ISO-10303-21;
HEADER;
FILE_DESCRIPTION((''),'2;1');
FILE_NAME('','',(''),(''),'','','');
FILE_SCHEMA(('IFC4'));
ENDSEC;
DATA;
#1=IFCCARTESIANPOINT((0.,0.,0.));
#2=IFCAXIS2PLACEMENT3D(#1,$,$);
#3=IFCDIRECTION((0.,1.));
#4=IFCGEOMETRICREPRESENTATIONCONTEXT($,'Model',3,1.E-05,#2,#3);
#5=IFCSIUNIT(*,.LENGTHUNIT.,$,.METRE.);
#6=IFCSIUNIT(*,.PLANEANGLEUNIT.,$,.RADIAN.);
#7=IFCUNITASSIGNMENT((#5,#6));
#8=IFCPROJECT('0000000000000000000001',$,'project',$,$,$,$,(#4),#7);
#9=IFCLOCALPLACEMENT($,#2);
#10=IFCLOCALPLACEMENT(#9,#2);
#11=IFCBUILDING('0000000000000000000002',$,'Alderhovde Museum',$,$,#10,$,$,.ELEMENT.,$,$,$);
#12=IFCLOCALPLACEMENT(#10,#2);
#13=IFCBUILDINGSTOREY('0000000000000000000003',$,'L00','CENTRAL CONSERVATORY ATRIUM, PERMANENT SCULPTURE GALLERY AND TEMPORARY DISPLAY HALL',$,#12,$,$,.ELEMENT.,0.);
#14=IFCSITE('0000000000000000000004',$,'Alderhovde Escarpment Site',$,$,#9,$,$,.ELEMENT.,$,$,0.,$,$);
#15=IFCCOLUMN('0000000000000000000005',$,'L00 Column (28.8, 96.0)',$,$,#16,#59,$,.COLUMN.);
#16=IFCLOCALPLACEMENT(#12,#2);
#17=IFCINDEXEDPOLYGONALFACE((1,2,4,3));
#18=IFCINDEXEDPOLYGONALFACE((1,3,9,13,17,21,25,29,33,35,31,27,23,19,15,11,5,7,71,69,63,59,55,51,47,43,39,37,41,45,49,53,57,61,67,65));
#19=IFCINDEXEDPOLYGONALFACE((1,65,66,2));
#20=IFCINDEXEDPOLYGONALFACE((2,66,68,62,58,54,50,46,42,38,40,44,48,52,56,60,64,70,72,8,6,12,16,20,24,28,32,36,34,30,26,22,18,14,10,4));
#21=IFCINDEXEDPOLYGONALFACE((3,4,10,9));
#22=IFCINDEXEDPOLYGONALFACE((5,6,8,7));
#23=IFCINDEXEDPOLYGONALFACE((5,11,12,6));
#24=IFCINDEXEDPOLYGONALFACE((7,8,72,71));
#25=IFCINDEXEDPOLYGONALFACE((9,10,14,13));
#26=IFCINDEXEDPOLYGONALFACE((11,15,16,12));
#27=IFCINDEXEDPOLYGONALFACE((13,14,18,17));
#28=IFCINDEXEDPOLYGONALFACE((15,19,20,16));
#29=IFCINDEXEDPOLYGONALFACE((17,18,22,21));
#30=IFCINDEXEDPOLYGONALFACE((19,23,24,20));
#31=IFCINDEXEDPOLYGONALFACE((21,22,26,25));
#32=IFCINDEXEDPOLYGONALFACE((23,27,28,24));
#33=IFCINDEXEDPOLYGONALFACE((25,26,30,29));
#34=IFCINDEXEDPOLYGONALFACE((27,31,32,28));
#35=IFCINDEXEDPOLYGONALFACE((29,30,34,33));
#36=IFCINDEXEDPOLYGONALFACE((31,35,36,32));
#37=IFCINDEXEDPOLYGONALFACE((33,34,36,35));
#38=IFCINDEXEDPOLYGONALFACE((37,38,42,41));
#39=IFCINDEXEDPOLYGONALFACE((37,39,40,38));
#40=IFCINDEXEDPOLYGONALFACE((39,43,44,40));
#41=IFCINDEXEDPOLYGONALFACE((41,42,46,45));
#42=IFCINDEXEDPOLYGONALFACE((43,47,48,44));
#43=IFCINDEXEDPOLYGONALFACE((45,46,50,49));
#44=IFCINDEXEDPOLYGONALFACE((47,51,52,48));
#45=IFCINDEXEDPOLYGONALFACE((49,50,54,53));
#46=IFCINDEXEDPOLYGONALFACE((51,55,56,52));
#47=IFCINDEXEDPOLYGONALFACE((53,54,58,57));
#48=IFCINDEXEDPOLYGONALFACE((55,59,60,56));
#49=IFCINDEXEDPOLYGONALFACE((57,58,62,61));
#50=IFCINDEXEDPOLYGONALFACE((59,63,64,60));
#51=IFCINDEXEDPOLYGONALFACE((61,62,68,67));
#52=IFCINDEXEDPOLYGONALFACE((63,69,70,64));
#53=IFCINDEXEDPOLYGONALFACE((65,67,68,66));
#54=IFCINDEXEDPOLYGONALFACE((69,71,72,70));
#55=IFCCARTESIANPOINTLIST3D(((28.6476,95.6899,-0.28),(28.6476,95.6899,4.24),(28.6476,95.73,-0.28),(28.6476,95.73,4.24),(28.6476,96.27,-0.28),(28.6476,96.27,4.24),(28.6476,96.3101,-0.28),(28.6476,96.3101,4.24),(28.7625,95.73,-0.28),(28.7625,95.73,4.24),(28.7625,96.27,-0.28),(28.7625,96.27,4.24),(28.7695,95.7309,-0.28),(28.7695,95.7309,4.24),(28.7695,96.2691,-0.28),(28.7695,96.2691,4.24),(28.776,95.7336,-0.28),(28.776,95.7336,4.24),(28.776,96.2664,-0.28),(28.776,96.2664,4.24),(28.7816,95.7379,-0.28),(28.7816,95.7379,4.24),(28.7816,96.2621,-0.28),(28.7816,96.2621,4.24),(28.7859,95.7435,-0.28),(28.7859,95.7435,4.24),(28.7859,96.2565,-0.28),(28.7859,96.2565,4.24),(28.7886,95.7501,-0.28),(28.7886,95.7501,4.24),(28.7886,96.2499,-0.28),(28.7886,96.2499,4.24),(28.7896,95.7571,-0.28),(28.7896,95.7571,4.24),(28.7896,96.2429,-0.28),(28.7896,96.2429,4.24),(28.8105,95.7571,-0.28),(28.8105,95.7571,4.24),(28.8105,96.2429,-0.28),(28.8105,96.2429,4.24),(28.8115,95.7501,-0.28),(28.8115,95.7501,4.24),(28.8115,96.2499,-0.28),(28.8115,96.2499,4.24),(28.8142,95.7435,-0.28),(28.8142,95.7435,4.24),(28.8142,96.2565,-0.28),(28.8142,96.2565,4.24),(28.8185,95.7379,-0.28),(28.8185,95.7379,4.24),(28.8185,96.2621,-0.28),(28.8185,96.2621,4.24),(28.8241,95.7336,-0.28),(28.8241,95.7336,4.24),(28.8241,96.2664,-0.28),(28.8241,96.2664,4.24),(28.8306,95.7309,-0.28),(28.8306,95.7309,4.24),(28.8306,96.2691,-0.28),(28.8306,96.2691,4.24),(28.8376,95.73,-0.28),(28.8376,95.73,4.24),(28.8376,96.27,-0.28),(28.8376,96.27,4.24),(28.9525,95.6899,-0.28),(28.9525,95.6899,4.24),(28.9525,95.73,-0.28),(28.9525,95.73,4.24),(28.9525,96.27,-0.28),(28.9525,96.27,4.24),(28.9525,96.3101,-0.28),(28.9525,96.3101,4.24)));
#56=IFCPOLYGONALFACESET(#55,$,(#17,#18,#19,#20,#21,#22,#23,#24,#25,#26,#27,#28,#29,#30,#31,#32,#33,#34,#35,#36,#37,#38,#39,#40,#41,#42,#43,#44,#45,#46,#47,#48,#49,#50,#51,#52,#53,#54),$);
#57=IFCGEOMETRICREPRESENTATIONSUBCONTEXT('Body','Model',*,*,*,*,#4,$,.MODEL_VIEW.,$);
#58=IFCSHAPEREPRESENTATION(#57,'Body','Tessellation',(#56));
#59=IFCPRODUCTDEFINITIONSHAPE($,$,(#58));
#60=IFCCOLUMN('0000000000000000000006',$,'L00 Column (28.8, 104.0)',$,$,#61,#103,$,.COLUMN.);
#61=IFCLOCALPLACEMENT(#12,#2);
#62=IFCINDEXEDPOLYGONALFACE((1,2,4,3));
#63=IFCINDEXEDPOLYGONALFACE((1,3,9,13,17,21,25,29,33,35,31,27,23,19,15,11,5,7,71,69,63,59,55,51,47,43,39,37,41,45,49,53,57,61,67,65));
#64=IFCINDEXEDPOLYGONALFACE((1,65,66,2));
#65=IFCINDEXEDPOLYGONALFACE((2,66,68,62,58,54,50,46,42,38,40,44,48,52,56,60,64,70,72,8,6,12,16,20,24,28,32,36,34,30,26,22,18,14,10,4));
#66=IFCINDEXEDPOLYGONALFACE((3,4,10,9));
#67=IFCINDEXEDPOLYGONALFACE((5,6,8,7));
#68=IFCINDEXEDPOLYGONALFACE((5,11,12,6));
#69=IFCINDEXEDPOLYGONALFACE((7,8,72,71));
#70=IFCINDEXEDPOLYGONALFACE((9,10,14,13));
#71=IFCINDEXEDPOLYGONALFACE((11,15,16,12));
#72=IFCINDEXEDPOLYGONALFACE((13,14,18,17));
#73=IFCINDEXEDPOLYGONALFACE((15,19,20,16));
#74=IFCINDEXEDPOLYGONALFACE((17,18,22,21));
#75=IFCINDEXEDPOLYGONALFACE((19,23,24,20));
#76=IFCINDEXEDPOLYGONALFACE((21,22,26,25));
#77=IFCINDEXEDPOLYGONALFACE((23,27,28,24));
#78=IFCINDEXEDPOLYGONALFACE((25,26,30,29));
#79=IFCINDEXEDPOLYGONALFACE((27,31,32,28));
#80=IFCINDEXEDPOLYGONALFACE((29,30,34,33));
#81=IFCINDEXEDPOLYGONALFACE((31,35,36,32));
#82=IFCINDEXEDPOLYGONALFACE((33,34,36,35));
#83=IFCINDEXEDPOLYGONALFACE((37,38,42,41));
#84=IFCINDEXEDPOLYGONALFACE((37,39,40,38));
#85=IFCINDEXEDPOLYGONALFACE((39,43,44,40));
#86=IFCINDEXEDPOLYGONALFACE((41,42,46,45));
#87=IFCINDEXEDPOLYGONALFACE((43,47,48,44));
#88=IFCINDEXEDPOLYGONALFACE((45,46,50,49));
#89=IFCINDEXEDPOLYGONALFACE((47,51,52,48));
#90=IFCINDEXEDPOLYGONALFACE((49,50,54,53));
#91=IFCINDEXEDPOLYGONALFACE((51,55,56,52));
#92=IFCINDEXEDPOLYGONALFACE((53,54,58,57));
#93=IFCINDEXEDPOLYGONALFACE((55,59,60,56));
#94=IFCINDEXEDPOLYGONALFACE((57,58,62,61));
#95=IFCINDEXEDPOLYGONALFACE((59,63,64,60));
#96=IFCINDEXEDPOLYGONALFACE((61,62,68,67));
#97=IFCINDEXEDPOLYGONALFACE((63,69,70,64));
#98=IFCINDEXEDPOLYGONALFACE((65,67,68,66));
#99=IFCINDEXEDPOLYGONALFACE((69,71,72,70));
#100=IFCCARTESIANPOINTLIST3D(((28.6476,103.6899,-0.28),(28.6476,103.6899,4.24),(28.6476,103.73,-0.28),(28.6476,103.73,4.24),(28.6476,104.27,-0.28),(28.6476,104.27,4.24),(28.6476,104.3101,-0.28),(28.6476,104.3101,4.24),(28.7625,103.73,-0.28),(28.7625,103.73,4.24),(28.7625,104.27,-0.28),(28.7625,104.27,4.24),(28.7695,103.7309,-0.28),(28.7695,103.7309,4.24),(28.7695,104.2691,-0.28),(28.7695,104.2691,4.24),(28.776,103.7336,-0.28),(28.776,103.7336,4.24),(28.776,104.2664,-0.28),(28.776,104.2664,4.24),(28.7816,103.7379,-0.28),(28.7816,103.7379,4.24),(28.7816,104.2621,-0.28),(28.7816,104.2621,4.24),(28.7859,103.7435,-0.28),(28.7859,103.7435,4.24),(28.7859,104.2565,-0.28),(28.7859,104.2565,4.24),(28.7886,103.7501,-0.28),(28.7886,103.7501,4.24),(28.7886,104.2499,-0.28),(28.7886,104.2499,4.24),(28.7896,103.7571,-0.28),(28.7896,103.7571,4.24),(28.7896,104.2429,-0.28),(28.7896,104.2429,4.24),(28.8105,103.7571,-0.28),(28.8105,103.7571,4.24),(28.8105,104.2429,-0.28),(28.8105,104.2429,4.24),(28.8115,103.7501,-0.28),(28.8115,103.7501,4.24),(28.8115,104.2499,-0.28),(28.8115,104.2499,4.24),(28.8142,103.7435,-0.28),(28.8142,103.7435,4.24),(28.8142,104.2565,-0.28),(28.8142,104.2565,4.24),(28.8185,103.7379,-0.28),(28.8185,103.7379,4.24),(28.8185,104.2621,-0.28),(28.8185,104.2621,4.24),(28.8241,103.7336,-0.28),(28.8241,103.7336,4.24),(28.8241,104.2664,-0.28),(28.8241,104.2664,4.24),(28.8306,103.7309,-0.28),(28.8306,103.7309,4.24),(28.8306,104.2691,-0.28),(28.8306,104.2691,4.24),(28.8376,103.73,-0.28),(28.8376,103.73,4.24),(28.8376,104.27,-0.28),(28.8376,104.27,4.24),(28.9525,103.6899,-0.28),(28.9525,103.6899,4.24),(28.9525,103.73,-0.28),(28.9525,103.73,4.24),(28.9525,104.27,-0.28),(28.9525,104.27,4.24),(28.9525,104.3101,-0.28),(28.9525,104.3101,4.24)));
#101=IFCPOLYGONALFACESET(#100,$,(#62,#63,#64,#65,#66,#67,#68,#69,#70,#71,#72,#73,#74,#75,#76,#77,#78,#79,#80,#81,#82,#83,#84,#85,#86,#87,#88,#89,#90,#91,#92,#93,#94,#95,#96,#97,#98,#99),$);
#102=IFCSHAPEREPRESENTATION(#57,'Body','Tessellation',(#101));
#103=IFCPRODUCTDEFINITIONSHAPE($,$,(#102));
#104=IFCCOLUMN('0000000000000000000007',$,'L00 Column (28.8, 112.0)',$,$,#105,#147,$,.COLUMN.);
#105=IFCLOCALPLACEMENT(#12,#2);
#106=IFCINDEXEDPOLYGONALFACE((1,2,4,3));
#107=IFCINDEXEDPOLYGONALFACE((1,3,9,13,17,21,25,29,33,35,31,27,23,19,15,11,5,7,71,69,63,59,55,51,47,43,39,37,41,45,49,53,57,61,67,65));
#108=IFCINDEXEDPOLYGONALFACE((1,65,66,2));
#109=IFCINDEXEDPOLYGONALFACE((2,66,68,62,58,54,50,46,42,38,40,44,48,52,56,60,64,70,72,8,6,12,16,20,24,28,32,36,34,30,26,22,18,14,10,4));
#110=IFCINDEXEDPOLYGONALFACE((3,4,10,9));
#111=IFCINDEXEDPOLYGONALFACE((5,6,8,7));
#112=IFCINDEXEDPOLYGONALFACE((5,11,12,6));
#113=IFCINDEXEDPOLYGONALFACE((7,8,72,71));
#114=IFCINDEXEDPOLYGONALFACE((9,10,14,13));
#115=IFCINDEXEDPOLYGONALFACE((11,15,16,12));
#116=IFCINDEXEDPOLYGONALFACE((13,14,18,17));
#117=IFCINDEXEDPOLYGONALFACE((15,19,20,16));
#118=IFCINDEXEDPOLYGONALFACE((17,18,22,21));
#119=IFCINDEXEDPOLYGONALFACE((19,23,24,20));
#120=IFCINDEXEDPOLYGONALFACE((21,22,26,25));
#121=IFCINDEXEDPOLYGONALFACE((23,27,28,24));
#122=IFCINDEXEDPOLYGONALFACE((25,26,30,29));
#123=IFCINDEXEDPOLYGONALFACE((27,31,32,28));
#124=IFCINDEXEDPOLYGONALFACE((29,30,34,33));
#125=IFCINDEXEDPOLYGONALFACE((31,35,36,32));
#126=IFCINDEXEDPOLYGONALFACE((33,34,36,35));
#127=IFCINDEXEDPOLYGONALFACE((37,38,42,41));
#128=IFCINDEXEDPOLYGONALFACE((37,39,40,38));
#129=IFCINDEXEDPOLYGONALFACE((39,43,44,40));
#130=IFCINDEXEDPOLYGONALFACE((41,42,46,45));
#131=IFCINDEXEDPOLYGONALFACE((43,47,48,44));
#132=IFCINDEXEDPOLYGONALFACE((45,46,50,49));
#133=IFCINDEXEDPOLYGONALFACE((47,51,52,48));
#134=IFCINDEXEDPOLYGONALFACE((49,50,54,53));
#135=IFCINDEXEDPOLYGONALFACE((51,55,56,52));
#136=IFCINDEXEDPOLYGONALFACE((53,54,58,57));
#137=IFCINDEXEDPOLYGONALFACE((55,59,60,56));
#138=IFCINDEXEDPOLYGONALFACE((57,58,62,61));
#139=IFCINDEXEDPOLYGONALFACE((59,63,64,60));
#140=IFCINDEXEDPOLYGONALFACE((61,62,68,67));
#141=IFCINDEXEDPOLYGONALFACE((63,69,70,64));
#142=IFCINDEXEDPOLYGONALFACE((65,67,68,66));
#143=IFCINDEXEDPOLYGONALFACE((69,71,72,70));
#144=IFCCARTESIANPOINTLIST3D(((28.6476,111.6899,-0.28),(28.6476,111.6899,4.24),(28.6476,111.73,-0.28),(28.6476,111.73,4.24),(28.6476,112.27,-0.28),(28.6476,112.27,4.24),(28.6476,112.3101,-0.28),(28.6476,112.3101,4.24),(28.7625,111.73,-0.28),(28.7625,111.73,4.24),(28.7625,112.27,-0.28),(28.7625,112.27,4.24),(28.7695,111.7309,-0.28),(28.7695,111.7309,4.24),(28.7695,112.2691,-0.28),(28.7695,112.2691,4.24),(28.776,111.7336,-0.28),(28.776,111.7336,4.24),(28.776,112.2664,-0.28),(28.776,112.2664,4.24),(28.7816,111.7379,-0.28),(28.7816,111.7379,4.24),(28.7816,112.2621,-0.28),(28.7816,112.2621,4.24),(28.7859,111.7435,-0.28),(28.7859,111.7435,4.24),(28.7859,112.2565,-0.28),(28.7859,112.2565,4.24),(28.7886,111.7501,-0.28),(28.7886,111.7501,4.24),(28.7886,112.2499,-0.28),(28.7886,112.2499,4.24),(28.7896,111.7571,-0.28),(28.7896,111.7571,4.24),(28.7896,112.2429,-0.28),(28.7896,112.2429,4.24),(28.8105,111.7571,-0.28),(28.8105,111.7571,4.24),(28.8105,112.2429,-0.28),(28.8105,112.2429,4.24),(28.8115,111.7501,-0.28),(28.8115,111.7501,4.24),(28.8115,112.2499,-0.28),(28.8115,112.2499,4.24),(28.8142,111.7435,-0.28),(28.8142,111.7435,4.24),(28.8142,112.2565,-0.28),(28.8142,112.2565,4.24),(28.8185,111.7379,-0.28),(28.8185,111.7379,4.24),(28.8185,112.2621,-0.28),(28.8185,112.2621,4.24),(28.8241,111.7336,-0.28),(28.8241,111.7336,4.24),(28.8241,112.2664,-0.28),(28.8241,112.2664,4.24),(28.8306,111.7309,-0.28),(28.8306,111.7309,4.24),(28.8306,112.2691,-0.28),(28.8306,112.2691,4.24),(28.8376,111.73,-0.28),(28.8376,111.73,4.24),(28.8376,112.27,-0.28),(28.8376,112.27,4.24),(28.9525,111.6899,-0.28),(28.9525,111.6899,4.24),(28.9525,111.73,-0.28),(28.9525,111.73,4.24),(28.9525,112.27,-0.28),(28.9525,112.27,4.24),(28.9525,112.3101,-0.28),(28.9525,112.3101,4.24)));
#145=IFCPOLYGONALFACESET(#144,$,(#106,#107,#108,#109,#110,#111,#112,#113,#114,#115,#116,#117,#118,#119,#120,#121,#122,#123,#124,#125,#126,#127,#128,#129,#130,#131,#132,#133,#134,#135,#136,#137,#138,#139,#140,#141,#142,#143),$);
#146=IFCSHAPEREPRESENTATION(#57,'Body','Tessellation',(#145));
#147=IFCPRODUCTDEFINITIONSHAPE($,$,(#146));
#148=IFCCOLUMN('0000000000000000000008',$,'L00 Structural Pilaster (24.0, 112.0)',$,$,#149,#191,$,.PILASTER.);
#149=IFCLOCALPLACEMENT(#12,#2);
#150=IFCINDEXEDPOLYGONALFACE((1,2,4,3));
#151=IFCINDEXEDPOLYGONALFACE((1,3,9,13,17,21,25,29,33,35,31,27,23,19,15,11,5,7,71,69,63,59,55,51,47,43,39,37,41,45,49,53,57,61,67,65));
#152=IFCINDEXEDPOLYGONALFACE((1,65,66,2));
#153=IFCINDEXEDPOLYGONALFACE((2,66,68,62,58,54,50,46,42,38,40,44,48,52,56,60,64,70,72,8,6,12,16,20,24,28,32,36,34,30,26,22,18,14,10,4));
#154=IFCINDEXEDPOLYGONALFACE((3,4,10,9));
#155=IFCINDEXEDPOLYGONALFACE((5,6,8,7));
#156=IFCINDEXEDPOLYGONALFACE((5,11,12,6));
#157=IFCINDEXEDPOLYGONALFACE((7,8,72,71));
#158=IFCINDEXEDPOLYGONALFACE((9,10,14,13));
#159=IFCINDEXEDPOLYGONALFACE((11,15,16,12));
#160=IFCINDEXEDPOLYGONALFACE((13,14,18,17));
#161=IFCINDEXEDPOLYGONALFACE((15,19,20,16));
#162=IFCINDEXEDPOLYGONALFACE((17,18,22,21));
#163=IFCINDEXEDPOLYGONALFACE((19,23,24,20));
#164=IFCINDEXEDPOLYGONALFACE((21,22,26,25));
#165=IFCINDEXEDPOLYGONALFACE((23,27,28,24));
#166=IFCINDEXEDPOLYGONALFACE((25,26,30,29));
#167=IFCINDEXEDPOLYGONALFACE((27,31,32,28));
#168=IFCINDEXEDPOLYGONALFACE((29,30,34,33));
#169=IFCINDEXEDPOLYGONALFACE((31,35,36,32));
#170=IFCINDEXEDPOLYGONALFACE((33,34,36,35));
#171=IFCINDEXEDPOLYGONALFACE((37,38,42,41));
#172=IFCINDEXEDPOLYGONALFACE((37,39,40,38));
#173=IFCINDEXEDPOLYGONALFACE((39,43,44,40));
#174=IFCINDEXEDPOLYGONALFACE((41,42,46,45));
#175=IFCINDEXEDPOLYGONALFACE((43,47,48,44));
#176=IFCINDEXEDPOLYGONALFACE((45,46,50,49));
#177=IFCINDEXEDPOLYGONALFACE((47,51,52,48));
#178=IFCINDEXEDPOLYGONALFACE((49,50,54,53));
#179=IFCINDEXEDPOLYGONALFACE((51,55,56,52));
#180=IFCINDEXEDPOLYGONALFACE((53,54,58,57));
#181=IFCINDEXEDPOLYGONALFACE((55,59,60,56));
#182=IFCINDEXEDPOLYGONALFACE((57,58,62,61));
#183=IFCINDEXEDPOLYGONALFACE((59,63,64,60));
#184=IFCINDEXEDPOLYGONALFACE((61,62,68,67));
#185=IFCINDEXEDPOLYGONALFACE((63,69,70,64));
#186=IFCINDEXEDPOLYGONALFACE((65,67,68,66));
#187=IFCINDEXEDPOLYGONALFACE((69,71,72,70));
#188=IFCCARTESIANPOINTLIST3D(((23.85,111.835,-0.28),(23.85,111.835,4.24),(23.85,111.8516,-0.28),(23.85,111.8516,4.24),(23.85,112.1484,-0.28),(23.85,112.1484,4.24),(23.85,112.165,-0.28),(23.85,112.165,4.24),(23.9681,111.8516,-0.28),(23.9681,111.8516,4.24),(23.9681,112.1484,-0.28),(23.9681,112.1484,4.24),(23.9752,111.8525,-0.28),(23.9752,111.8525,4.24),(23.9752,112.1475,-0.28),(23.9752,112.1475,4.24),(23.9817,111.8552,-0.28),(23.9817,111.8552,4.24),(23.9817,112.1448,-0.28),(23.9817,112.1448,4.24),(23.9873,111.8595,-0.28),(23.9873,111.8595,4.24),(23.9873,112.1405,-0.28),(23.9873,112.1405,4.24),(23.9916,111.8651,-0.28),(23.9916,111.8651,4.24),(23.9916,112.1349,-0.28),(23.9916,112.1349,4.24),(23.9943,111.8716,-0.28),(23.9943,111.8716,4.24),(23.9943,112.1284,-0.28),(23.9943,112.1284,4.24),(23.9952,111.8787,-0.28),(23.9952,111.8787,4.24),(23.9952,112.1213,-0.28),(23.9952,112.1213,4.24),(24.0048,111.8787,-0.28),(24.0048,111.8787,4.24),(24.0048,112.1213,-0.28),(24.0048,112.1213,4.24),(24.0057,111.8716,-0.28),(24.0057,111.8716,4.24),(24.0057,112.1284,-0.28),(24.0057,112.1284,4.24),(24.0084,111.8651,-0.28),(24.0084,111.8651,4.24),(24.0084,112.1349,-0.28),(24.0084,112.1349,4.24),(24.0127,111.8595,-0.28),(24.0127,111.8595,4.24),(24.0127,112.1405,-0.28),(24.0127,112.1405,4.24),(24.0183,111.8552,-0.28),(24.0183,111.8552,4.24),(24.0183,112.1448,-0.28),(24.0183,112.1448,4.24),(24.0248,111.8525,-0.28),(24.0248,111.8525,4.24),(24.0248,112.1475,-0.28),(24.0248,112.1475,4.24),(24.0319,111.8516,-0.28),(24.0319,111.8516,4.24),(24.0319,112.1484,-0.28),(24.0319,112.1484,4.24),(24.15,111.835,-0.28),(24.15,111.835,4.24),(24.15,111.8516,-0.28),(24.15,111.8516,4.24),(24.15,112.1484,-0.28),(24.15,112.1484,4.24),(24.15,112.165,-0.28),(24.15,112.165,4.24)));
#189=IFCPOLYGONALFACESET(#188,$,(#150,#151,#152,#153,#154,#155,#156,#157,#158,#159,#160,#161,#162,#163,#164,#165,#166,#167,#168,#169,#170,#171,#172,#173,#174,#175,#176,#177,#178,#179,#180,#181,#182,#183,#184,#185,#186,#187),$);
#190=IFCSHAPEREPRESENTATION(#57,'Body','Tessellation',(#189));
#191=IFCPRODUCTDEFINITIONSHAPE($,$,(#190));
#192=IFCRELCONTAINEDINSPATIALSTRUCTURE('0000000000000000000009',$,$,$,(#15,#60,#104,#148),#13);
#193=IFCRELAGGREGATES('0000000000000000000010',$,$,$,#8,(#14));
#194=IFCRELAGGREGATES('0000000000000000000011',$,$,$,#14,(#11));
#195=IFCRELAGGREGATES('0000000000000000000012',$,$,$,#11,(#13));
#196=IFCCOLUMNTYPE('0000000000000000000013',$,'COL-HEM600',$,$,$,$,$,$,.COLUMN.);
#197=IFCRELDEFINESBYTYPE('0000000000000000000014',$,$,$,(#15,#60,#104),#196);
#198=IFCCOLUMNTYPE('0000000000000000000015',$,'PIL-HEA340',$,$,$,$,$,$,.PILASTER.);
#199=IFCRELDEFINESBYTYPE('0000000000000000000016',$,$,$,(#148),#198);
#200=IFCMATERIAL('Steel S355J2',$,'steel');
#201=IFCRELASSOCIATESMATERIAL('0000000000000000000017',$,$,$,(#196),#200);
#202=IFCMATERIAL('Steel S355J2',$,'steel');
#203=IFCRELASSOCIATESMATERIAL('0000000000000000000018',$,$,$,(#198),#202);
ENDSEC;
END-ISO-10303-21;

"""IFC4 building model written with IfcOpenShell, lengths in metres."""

from ifc_helpers import new_model, si_unit, direction, frame, origin, origin_2d, place, context, subcontext, project, spatial, i_section, extrude, material, material_profile, profile_set, type_object, element, save


model = new_model("IFC4")

# Units and contexts
model_context = context("Model", 3, precision=1e-05, world=origin(), true_north=direction((0.0, 1.0)))
body_context = subcontext(model_context, "Body", "Model", "MODEL_VIEW")
ifc_project = project(units=[si_unit("LENGTHUNIT", "METRE"), si_unit("PLANEANGLEUNIT", "RADIAN")], contexts=[model_context])

# Site, building, storey
site_placement = place(None, origin())
site = spatial("IfcSite", under=ifc_project, at=site_placement, Name="Alderhovde Escarpment Site", CompositionType="ELEMENT", RefElevation=0.0)
building_placement = place(site_placement, origin())
building = spatial("IfcBuilding", under=site, at=building_placement, Name="Alderhovde Museum", CompositionType="ELEMENT")
storey_placement = place(building_placement, origin())
storey = spatial("IfcBuildingStorey", under=building, at=storey_placement, Name="L00", Description="CENTRAL CONSERVATORY ATRIUM, PERMANENT SCULPTURE GALLERY AND TEMPORARY DISPLAY HALL", CompositionType="ELEMENT", Elevation=0.0)

# Columns
ifc_material_1 = material(Name="Steel S355J2", Category="steel")
ifc_material_profile_1 = material_profile(ifc_material_1, i_section(OverallWidth=0.3049, OverallDepth=0.6201, WebThickness=0.021, FlangeThickness=0.04, FilletRadius=0.0271, at=origin_2d()), Name="HEM 600")
ifc_profile_set_1 = profile_set([ifc_material_profile_1], Name="Steel S355J2")
column_type_1 = type_object("IfcColumnType", Name="COL-HEM600", PredefinedType="COLUMN", material=ifc_profile_set_1)
for number, where, z_axis, x_axis, name in (
    (1, (28.8, 96.0, -0.28), (0.0, 0.0, 1.0), (1.0, 0.0, 0.0), "L00 Column (28.8, 96.0)"),
    (2, (28.8, 104.0, -0.28), (0.0, 0.0, 1.0), (1.0, 0.0, 0.0), "L00 Column (28.8, 104.0)"),
    (3, (28.8, 112.0, -0.28), (0.0, 0.0, 1.0), (1.0, 0.0, 0.0), "L00 Column (28.8, 112.0)"),
):
    element("IfcColumn", number, at=place(storey_placement, frame(where, z_axis=z_axis, x_axis=x_axis)), inside=storey, type_object=column_type_1, Name=name, PredefinedType="COLUMN", context=body_context, shape_type="SweptSolid", body=[
        extrude(i_section(OverallWidth=0.3049, OverallDepth=0.6201, WebThickness=0.021, FlangeThickness=0.04, FilletRadius=0.0271, at=origin_2d()), origin(), (0.0, 0.0, 1.0), 4.52),
    ])
ifc_material_2 = material(Name="Steel S355J2", Category="steel")
ifc_material_profile_2 = material_profile(ifc_material_2, i_section(OverallWidth=0.3, OverallDepth=0.3301, WebThickness=0.0095, FlangeThickness=0.0166, FilletRadius=0.0271, at=origin_2d()), Name="HEA 340")
ifc_profile_set_2 = profile_set([ifc_material_profile_2], Name="Steel S355J2")
column_type_2 = type_object("IfcColumnType", Name="PIL-HEA340", PredefinedType="PILASTER", material=ifc_profile_set_2)
column_1_placement = place(storey_placement, frame((24.0, 112.0, -0.28), z_axis=(0.0, 0.0, 1.0), x_axis=(1.0, 0.0, 0.0)))
element("IfcColumn", 4, at=column_1_placement, inside=storey, type_object=column_type_2, Name="L00 Structural Pilaster (24.0, 112.0)", PredefinedType="PILASTER", context=body_context, shape_type="SweptSolid", body=[
    extrude(i_section(OverallWidth=0.3, OverallDepth=0.3301, WebThickness=0.0095, FlangeThickness=0.0166, FilletRadius=0.0271, at=origin_2d()), origin(), (0.0, 0.0, 1.0), 4.52),
])

save(model, "model.ifc")
